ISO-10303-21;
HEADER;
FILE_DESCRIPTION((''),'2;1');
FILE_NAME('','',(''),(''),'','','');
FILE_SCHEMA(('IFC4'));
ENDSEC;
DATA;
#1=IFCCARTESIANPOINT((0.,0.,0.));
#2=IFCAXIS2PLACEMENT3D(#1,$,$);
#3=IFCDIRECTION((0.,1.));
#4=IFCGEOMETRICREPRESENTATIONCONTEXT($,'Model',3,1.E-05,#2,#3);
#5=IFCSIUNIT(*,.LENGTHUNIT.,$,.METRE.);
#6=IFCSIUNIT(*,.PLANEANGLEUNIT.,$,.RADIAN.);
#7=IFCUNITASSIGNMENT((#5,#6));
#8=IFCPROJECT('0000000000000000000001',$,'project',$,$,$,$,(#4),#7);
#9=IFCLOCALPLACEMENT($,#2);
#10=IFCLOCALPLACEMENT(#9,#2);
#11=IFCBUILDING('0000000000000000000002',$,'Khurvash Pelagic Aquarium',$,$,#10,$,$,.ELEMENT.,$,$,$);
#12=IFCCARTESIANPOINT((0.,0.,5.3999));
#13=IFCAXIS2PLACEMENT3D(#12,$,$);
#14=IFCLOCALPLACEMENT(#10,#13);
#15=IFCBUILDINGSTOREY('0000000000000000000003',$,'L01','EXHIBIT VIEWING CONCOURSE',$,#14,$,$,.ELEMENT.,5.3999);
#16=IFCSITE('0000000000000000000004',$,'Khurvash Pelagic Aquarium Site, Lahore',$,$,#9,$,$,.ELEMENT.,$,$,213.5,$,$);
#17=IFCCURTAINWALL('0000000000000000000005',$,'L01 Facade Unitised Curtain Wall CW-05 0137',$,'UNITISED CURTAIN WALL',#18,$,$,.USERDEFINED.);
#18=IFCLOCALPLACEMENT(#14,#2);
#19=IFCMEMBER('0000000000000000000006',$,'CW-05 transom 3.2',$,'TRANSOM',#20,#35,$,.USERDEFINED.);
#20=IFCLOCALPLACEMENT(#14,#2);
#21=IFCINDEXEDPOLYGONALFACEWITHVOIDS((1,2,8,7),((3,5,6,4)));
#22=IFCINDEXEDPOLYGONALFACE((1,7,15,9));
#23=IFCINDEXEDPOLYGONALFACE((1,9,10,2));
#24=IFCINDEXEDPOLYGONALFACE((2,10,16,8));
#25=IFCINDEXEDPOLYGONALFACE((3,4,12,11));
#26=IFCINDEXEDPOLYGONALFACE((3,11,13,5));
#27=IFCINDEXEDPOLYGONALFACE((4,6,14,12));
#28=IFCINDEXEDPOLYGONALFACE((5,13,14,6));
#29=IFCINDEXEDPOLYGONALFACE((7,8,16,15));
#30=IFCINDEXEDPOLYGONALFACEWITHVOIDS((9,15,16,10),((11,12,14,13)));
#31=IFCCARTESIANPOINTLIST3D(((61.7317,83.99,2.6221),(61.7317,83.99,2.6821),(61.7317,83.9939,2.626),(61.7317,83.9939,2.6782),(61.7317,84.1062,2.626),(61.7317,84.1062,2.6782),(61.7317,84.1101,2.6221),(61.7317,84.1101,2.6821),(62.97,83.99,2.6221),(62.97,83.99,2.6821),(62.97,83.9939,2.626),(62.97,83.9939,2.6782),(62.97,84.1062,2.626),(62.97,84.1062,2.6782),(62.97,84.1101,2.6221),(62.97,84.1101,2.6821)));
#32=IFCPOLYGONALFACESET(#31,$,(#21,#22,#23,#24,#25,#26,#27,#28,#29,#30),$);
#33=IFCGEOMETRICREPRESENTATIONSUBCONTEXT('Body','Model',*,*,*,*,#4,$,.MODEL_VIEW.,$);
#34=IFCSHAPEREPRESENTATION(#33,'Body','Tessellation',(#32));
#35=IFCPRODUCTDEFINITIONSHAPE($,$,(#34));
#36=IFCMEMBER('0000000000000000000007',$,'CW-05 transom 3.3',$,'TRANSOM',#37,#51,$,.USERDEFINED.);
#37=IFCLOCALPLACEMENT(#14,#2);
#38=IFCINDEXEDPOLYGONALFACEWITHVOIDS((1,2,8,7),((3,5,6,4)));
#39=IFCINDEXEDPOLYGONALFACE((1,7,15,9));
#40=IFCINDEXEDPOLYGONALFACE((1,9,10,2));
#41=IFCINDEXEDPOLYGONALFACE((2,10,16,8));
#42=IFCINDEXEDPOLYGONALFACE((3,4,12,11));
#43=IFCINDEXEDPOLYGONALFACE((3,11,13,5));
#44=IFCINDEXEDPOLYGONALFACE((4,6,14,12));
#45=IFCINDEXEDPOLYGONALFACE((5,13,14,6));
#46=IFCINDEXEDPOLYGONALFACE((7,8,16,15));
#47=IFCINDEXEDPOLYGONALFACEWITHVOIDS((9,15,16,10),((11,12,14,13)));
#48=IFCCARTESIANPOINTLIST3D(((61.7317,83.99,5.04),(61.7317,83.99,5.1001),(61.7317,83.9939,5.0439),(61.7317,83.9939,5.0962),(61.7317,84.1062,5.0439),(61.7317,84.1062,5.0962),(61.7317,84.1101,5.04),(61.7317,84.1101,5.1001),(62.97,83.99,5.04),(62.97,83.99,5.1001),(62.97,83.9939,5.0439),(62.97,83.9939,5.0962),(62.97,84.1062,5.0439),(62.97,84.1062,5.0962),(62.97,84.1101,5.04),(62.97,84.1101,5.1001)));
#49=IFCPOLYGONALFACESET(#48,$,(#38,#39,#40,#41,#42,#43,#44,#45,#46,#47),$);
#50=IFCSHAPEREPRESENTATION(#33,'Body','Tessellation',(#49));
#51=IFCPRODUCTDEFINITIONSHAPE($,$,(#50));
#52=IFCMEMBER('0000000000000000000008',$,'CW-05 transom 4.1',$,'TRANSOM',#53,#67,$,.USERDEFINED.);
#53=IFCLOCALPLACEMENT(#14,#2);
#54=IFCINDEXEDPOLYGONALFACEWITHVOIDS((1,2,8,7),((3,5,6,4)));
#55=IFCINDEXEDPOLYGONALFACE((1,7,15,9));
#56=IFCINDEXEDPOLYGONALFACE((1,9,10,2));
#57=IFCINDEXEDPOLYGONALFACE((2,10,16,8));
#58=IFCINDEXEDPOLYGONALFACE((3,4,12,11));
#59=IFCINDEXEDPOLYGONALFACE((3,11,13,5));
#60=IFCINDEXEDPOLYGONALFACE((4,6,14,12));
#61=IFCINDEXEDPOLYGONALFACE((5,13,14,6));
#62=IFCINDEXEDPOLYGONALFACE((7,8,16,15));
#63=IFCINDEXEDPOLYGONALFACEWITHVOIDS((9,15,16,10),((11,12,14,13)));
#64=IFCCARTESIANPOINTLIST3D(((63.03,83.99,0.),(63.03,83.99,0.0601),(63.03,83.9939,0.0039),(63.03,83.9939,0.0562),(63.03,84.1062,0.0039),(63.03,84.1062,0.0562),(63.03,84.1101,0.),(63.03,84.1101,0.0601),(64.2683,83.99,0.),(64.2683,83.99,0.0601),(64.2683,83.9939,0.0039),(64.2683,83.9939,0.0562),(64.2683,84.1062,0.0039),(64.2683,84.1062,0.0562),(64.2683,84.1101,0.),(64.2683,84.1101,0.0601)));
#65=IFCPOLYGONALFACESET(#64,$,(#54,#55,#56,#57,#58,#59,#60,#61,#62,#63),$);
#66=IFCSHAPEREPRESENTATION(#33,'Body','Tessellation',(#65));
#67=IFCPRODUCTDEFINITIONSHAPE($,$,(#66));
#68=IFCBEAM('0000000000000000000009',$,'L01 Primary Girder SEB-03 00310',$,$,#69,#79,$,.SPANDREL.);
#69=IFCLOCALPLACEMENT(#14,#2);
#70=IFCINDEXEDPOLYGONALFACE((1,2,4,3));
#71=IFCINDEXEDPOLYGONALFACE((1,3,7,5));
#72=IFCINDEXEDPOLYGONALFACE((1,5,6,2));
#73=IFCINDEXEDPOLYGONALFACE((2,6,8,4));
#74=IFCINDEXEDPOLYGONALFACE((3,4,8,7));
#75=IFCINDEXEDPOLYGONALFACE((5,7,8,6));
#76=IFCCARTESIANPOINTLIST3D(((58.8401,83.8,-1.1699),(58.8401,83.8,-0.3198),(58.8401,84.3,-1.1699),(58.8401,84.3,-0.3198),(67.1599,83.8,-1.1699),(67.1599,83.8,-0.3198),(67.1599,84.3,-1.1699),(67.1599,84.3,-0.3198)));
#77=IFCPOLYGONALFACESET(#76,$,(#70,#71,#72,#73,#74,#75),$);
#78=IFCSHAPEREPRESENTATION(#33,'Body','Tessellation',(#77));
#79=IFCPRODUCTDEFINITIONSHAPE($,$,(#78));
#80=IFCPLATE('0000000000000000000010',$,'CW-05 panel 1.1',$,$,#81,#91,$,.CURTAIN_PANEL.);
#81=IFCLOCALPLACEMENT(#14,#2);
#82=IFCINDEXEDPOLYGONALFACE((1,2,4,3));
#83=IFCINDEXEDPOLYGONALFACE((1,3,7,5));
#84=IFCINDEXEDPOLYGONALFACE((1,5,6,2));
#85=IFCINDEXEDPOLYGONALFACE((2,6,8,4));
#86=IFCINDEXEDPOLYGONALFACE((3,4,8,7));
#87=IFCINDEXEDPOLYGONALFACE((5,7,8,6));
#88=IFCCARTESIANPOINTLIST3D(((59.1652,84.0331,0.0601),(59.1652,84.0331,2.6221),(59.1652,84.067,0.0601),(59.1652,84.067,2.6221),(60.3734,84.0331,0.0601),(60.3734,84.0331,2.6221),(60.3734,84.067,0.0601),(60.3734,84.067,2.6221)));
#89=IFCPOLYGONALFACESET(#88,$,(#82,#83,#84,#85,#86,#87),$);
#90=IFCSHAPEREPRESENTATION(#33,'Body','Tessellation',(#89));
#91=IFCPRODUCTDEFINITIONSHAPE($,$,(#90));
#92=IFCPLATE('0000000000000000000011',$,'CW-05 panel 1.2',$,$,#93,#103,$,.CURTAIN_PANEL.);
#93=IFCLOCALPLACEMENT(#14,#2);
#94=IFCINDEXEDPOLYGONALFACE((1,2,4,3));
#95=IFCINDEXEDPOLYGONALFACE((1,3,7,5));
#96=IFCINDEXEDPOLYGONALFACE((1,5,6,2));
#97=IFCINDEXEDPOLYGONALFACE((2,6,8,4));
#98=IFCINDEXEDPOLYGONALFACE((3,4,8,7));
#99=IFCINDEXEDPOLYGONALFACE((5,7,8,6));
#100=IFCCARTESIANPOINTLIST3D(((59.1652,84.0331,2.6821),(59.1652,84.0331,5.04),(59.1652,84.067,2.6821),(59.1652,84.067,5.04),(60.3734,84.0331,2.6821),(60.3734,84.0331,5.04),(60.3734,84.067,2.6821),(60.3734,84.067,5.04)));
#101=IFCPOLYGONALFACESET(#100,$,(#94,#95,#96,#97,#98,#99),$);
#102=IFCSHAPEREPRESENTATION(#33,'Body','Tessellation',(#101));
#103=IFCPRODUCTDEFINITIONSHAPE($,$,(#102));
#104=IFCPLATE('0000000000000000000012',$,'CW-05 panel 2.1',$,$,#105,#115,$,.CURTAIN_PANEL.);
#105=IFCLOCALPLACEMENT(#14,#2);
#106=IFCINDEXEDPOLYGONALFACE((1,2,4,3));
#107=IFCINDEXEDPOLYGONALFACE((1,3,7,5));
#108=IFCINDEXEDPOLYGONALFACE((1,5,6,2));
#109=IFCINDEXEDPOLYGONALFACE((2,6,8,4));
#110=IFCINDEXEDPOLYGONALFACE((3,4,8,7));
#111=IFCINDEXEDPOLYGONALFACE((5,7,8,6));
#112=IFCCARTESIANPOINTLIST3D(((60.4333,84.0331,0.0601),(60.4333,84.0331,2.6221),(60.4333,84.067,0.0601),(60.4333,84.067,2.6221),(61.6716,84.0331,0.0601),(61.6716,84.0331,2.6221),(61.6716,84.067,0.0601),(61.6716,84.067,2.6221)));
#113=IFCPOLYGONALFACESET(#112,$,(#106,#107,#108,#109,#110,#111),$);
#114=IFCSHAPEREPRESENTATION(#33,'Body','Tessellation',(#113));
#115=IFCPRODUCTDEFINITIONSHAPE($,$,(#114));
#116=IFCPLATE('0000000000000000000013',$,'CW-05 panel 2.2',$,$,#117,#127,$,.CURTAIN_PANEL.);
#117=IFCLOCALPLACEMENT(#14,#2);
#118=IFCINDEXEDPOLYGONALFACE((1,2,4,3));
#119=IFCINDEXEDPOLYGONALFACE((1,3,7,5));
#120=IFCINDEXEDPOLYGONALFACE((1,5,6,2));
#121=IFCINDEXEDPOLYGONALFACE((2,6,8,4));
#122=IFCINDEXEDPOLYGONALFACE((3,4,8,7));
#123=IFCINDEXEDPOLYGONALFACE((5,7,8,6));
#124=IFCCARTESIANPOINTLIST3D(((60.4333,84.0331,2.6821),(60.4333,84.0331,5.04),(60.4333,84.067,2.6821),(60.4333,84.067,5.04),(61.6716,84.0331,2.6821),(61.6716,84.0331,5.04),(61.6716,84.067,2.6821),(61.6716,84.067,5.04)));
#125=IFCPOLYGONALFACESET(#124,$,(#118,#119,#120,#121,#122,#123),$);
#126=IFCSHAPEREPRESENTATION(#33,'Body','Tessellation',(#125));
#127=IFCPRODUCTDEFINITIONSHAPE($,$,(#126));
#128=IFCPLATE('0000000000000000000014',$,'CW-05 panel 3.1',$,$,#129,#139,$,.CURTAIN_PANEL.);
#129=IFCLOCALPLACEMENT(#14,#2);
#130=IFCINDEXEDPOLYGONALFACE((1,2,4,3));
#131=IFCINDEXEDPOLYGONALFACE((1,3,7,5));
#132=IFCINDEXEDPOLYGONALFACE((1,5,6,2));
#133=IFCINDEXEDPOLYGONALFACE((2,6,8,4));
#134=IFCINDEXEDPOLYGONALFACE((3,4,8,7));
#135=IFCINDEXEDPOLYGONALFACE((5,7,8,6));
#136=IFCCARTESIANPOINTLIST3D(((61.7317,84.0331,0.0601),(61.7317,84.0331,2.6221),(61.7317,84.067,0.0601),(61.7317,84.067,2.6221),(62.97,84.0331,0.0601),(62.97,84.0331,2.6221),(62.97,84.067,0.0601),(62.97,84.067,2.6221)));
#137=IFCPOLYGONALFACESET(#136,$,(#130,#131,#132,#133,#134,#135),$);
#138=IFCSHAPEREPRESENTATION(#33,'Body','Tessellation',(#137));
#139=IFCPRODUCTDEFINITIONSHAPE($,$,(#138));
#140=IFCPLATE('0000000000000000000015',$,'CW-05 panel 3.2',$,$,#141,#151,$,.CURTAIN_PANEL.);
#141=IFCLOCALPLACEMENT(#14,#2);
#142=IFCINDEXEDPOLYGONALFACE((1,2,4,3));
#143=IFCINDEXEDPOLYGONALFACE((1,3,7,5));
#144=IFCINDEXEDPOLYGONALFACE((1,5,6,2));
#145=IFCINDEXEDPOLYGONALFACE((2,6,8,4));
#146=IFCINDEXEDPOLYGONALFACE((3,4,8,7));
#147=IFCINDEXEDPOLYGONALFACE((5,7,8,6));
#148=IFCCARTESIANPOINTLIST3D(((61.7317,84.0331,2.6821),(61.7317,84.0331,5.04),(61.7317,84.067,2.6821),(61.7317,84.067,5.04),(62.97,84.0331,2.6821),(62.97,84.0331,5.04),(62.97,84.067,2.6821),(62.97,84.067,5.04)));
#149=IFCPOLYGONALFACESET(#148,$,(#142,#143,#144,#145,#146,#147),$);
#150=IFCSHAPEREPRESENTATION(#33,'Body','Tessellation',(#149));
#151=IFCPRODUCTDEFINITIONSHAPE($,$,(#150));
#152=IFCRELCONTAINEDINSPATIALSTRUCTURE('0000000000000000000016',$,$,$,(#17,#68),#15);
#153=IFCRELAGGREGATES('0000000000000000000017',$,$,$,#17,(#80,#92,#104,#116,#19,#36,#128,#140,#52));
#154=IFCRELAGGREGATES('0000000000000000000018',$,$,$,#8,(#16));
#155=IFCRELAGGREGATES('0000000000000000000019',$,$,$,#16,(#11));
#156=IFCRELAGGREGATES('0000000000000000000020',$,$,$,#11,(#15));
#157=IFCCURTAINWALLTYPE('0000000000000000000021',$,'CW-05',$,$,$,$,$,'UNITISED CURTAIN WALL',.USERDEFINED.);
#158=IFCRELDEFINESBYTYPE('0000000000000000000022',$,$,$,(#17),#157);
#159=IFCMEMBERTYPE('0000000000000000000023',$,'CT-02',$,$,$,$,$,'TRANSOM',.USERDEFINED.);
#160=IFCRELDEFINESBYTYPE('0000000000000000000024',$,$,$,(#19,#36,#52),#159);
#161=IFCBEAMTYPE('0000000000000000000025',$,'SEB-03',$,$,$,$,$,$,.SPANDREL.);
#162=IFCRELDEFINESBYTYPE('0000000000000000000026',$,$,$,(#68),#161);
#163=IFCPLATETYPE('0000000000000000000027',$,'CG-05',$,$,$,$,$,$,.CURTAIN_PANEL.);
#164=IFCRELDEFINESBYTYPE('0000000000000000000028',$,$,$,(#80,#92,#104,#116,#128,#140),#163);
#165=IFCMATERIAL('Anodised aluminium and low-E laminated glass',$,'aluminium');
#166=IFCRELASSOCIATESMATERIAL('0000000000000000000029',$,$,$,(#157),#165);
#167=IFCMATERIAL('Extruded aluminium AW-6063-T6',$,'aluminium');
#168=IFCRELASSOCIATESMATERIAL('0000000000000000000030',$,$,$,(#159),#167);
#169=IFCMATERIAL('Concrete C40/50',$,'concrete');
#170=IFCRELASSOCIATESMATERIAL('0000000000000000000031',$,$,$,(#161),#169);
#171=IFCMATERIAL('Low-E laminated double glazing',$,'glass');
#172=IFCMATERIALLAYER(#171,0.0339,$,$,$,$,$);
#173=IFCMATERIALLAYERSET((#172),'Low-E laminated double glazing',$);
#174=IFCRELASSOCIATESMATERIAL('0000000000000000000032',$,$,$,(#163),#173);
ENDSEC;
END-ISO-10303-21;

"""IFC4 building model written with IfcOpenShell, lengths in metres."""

from ifc_helpers import new_model, si_unit, direction, frame, origin, origin_2d, place, context, subcontext, project, spatial, rectangle, hollow_rectangle, extrude, material, layer, layer_set, material_profile, profile_set, type_object, element, aggregate, save


model = new_model("IFC4")

# Units and contexts
model_context = context("Model", 3, precision=1e-05, world=origin(), true_north=direction((0.0, 1.0)))
body_context = subcontext(model_context, "Body", "Model", "MODEL_VIEW")
ifc_project = project(units=[si_unit("LENGTHUNIT", "METRE"), si_unit("PLANEANGLEUNIT", "RADIAN")], contexts=[model_context])

# Site, building, storey
site_placement = place(None, origin())
site = spatial("IfcSite", under=ifc_project, at=site_placement, Name="Khurvash Pelagic Aquarium Site, Lahore", CompositionType="ELEMENT", RefElevation=213.5)
building_placement = place(site_placement, origin())
building = spatial("IfcBuilding", under=site, at=building_placement, Name="Khurvash Pelagic Aquarium", CompositionType="ELEMENT")
storey_placement = place(building_placement, frame((0.0, 0.0, 5.3999)))
storey = spatial("IfcBuildingStorey", under=building, at=storey_placement, Name="L01", Description="EXHIBIT VIEWING CONCOURSE", CompositionType="ELEMENT", Elevation=5.3999)

# Curtain wall, members
ifc_material_1 = material(Name="Anodised aluminium and low-E laminated glass", Category="aluminium")
curtain_wall_type = type_object("IfcCurtainWallType", Name="CW-05", ElementType="UNITISED CURTAIN WALL", PredefinedType="USERDEFINED", material=ifc_material_1)
curtain_wall_placement = place(storey_placement, origin())
curtain_wall = element("IfcCurtainWall", 1, at=curtain_wall_placement, inside=storey, type_object=curtain_wall_type, Name="L01 Facade Unitised Curtain Wall CW-05 0137", ObjectType="UNITISED CURTAIN WALL", PredefinedType="USERDEFINED")
ifc_material_2 = material(Name="Extruded aluminium AW-6063-T6", Category="aluminium")
ifc_material_profile_1 = material_profile(ifc_material_2, hollow_rectangle(XDim=0.1201, YDim=0.0601, WallThickness=0.0039, at=origin_2d()), Name="CWT120X60X4")
ifc_profile_set_1 = profile_set([ifc_material_profile_1], Name="Extruded aluminium AW-6063-T6")
member_type_1 = type_object("IfcMemberType", Name="CT-02", ElementType="TRANSOM", PredefinedType="USERDEFINED", material=ifc_profile_set_1)
member_1_placement = place(storey_placement, frame((61.7317, 84.05, 2.6521), z_axis=(1.0, 0.0, 0.0), x_axis=(0.0, 1.0, 0.0)))
member_1 = element("IfcMember", 2, at=member_1_placement, type_object=member_type_1, Name="CW-05 transom 3.2", ObjectType="TRANSOM", PredefinedType="USERDEFINED", context=body_context, shape_type="SweptSolid", body=[
    extrude(hollow_rectangle(XDim=0.1201, YDim=0.0601, WallThickness=0.0039, at=origin_2d()), origin(), (0.0, 0.0, 1.0), 1.2383),
])
member_2_placement = place(storey_placement, frame((61.7317, 84.05, 5.0701), z_axis=(1.0, 0.0, 0.0), x_axis=(0.0, 1.0, 0.0)))
member_2 = element("IfcMember", 3, at=member_2_placement, type_object=member_type_1, Name="CW-05 transom 3.3", ObjectType="TRANSOM", PredefinedType="USERDEFINED", context=body_context, shape_type="SweptSolid", body=[
    extrude(hollow_rectangle(XDim=0.1201, YDim=0.0601, WallThickness=0.0039, at=origin_2d()), origin(), (0.0, 0.0, 1.0), 1.2383),
])
member_3_placement = place(storey_placement, frame((63.03, 84.05, 0.03), z_axis=(1.0, 0.0, 0.0), x_axis=(0.0, 1.0, 0.0)))
member_3 = element("IfcMember", 4, at=member_3_placement, type_object=member_type_1, Name="CW-05 transom 4.1", ObjectType="TRANSOM", PredefinedType="USERDEFINED", context=body_context, shape_type="SweptSolid", body=[
    extrude(hollow_rectangle(XDim=0.1201, YDim=0.0601, WallThickness=0.0039, at=origin_2d()), origin(), (0.0, 0.0, 1.0), 1.2383),
])

# Beam
ifc_material_3 = material(Name="Concrete C40/50", Category="concrete")
ifc_material_profile_2 = material_profile(ifc_material_3, rectangle(XDim=0.5, YDim=0.8501, at=origin_2d()), Name="RC500X850")
ifc_profile_set_2 = profile_set([ifc_material_profile_2], Name="Concrete C40/50")
beam_type = type_object("IfcBeamType", Name="SEB-03", PredefinedType="SPANDREL", material=ifc_profile_set_2)
beam_placement = place(storey_placement, frame((58.8401, 84.05, -0.7449), z_axis=(1.0, 0.0, 0.0), x_axis=(0.0, 1.0, 0.0)))
element("IfcBeam", 5, at=beam_placement, inside=storey, type_object=beam_type, Name="L01 Primary Girder SEB-03 00310", PredefinedType="SPANDREL", context=body_context, shape_type="SweptSolid", body=[
    extrude(rectangle(XDim=0.5, YDim=0.8501, at=origin_2d()), origin(), (0.0, 0.0, 1.0), 8.3198),
])

# Plates
ifc_material_4 = material(Name="Low-E laminated double glazing", Category="glass")
ifc_layer = layer(ifc_material_4, 0.0339)
ifc_layer_set = layer_set([ifc_layer], Name="Low-E laminated double glazing")
plate_type = type_object("IfcPlateType", Name="CG-05", PredefinedType="CURTAIN_PANEL", material=ifc_layer_set)
plate_1_placement = place(storey_placement, frame((59.7693, 84.05, 0.0601), z_axis=(0.0, 0.0, 1.0), x_axis=(1.0, 0.0, 0.0)))
plate_1 = element("IfcPlate", 6, at=plate_1_placement, type_object=plate_type, Name="CW-05 panel 1.1", PredefinedType="CURTAIN_PANEL", context=body_context, shape_type="SweptSolid", body=[
    extrude(rectangle(XDim=1.2083, YDim=0.0339, at=origin_2d()), origin(), (0.0, 0.0, 1.0), 2.562),
])
plate_2_placement = place(storey_placement, frame((59.7693, 84.05, 2.6821), z_axis=(0.0, 0.0, 1.0), x_axis=(1.0, 0.0, 0.0)))
plate_2 = element("IfcPlate", 7, at=plate_2_placement, type_object=plate_type, Name="CW-05 panel 1.2", PredefinedType="CURTAIN_PANEL", context=body_context, shape_type="SweptSolid", body=[
    extrude(rectangle(XDim=1.2083, YDim=0.0339, at=origin_2d()), origin(), (0.0, 0.0, 1.0), 2.3579),
])
plate_3_placement = place(storey_placement, frame((61.0525, 84.05, 0.0601), z_axis=(0.0, 0.0, 1.0), x_axis=(1.0, 0.0, 0.0)))
plate_3 = element("IfcPlate", 8, at=plate_3_placement, type_object=plate_type, Name="CW-05 panel 2.1", PredefinedType="CURTAIN_PANEL", context=body_context, shape_type="SweptSolid", body=[
    extrude(rectangle(XDim=1.2383, YDim=0.0339, at=origin_2d()), origin(), (0.0, 0.0, 1.0), 2.562),
])
plate_4_placement = place(storey_placement, frame((61.0525, 84.05, 2.6821), z_axis=(0.0, 0.0, 1.0), x_axis=(1.0, 0.0, 0.0)))
plate_4 = element("IfcPlate", 9, at=plate_4_placement, type_object=plate_type, Name="CW-05 panel 2.2", PredefinedType="CURTAIN_PANEL", context=body_context, shape_type="SweptSolid", body=[
    extrude(rectangle(XDim=1.2383, YDim=0.0339, at=origin_2d()), origin(), (0.0, 0.0, 1.0), 2.3579),
])
plate_5_placement = place(storey_placement, frame((62.3508, 84.05, 0.0601), z_axis=(0.0, 0.0, 1.0), x_axis=(1.0, 0.0, 0.0)))
plate_5 = element("IfcPlate", 10, at=plate_5_placement, type_object=plate_type, Name="CW-05 panel 3.1", PredefinedType="CURTAIN_PANEL", context=body_context, shape_type="SweptSolid", body=[
    extrude(rectangle(XDim=1.2383, YDim=0.0339, at=origin_2d()), origin(), (0.0, 0.0, 1.0), 2.562),
])
plate_6_placement = place(storey_placement, frame((62.3508, 84.05, 2.6821), z_axis=(0.0, 0.0, 1.0), x_axis=(1.0, 0.0, 0.0)))
plate_6 = element("IfcPlate", 11, at=plate_6_placement, type_object=plate_type, Name="CW-05 panel 3.2", PredefinedType="CURTAIN_PANEL", context=body_context, shape_type="SweptSolid", body=[
    extrude(rectangle(XDim=1.2383, YDim=0.0339, at=origin_2d()), origin(), (0.0, 0.0, 1.0), 2.3579),
])
aggregate(curtain_wall, [plate_1, plate_2, plate_3, plate_4, member_1, member_2, plate_5, plate_6, member_3])

save(model, "model.ifc")
